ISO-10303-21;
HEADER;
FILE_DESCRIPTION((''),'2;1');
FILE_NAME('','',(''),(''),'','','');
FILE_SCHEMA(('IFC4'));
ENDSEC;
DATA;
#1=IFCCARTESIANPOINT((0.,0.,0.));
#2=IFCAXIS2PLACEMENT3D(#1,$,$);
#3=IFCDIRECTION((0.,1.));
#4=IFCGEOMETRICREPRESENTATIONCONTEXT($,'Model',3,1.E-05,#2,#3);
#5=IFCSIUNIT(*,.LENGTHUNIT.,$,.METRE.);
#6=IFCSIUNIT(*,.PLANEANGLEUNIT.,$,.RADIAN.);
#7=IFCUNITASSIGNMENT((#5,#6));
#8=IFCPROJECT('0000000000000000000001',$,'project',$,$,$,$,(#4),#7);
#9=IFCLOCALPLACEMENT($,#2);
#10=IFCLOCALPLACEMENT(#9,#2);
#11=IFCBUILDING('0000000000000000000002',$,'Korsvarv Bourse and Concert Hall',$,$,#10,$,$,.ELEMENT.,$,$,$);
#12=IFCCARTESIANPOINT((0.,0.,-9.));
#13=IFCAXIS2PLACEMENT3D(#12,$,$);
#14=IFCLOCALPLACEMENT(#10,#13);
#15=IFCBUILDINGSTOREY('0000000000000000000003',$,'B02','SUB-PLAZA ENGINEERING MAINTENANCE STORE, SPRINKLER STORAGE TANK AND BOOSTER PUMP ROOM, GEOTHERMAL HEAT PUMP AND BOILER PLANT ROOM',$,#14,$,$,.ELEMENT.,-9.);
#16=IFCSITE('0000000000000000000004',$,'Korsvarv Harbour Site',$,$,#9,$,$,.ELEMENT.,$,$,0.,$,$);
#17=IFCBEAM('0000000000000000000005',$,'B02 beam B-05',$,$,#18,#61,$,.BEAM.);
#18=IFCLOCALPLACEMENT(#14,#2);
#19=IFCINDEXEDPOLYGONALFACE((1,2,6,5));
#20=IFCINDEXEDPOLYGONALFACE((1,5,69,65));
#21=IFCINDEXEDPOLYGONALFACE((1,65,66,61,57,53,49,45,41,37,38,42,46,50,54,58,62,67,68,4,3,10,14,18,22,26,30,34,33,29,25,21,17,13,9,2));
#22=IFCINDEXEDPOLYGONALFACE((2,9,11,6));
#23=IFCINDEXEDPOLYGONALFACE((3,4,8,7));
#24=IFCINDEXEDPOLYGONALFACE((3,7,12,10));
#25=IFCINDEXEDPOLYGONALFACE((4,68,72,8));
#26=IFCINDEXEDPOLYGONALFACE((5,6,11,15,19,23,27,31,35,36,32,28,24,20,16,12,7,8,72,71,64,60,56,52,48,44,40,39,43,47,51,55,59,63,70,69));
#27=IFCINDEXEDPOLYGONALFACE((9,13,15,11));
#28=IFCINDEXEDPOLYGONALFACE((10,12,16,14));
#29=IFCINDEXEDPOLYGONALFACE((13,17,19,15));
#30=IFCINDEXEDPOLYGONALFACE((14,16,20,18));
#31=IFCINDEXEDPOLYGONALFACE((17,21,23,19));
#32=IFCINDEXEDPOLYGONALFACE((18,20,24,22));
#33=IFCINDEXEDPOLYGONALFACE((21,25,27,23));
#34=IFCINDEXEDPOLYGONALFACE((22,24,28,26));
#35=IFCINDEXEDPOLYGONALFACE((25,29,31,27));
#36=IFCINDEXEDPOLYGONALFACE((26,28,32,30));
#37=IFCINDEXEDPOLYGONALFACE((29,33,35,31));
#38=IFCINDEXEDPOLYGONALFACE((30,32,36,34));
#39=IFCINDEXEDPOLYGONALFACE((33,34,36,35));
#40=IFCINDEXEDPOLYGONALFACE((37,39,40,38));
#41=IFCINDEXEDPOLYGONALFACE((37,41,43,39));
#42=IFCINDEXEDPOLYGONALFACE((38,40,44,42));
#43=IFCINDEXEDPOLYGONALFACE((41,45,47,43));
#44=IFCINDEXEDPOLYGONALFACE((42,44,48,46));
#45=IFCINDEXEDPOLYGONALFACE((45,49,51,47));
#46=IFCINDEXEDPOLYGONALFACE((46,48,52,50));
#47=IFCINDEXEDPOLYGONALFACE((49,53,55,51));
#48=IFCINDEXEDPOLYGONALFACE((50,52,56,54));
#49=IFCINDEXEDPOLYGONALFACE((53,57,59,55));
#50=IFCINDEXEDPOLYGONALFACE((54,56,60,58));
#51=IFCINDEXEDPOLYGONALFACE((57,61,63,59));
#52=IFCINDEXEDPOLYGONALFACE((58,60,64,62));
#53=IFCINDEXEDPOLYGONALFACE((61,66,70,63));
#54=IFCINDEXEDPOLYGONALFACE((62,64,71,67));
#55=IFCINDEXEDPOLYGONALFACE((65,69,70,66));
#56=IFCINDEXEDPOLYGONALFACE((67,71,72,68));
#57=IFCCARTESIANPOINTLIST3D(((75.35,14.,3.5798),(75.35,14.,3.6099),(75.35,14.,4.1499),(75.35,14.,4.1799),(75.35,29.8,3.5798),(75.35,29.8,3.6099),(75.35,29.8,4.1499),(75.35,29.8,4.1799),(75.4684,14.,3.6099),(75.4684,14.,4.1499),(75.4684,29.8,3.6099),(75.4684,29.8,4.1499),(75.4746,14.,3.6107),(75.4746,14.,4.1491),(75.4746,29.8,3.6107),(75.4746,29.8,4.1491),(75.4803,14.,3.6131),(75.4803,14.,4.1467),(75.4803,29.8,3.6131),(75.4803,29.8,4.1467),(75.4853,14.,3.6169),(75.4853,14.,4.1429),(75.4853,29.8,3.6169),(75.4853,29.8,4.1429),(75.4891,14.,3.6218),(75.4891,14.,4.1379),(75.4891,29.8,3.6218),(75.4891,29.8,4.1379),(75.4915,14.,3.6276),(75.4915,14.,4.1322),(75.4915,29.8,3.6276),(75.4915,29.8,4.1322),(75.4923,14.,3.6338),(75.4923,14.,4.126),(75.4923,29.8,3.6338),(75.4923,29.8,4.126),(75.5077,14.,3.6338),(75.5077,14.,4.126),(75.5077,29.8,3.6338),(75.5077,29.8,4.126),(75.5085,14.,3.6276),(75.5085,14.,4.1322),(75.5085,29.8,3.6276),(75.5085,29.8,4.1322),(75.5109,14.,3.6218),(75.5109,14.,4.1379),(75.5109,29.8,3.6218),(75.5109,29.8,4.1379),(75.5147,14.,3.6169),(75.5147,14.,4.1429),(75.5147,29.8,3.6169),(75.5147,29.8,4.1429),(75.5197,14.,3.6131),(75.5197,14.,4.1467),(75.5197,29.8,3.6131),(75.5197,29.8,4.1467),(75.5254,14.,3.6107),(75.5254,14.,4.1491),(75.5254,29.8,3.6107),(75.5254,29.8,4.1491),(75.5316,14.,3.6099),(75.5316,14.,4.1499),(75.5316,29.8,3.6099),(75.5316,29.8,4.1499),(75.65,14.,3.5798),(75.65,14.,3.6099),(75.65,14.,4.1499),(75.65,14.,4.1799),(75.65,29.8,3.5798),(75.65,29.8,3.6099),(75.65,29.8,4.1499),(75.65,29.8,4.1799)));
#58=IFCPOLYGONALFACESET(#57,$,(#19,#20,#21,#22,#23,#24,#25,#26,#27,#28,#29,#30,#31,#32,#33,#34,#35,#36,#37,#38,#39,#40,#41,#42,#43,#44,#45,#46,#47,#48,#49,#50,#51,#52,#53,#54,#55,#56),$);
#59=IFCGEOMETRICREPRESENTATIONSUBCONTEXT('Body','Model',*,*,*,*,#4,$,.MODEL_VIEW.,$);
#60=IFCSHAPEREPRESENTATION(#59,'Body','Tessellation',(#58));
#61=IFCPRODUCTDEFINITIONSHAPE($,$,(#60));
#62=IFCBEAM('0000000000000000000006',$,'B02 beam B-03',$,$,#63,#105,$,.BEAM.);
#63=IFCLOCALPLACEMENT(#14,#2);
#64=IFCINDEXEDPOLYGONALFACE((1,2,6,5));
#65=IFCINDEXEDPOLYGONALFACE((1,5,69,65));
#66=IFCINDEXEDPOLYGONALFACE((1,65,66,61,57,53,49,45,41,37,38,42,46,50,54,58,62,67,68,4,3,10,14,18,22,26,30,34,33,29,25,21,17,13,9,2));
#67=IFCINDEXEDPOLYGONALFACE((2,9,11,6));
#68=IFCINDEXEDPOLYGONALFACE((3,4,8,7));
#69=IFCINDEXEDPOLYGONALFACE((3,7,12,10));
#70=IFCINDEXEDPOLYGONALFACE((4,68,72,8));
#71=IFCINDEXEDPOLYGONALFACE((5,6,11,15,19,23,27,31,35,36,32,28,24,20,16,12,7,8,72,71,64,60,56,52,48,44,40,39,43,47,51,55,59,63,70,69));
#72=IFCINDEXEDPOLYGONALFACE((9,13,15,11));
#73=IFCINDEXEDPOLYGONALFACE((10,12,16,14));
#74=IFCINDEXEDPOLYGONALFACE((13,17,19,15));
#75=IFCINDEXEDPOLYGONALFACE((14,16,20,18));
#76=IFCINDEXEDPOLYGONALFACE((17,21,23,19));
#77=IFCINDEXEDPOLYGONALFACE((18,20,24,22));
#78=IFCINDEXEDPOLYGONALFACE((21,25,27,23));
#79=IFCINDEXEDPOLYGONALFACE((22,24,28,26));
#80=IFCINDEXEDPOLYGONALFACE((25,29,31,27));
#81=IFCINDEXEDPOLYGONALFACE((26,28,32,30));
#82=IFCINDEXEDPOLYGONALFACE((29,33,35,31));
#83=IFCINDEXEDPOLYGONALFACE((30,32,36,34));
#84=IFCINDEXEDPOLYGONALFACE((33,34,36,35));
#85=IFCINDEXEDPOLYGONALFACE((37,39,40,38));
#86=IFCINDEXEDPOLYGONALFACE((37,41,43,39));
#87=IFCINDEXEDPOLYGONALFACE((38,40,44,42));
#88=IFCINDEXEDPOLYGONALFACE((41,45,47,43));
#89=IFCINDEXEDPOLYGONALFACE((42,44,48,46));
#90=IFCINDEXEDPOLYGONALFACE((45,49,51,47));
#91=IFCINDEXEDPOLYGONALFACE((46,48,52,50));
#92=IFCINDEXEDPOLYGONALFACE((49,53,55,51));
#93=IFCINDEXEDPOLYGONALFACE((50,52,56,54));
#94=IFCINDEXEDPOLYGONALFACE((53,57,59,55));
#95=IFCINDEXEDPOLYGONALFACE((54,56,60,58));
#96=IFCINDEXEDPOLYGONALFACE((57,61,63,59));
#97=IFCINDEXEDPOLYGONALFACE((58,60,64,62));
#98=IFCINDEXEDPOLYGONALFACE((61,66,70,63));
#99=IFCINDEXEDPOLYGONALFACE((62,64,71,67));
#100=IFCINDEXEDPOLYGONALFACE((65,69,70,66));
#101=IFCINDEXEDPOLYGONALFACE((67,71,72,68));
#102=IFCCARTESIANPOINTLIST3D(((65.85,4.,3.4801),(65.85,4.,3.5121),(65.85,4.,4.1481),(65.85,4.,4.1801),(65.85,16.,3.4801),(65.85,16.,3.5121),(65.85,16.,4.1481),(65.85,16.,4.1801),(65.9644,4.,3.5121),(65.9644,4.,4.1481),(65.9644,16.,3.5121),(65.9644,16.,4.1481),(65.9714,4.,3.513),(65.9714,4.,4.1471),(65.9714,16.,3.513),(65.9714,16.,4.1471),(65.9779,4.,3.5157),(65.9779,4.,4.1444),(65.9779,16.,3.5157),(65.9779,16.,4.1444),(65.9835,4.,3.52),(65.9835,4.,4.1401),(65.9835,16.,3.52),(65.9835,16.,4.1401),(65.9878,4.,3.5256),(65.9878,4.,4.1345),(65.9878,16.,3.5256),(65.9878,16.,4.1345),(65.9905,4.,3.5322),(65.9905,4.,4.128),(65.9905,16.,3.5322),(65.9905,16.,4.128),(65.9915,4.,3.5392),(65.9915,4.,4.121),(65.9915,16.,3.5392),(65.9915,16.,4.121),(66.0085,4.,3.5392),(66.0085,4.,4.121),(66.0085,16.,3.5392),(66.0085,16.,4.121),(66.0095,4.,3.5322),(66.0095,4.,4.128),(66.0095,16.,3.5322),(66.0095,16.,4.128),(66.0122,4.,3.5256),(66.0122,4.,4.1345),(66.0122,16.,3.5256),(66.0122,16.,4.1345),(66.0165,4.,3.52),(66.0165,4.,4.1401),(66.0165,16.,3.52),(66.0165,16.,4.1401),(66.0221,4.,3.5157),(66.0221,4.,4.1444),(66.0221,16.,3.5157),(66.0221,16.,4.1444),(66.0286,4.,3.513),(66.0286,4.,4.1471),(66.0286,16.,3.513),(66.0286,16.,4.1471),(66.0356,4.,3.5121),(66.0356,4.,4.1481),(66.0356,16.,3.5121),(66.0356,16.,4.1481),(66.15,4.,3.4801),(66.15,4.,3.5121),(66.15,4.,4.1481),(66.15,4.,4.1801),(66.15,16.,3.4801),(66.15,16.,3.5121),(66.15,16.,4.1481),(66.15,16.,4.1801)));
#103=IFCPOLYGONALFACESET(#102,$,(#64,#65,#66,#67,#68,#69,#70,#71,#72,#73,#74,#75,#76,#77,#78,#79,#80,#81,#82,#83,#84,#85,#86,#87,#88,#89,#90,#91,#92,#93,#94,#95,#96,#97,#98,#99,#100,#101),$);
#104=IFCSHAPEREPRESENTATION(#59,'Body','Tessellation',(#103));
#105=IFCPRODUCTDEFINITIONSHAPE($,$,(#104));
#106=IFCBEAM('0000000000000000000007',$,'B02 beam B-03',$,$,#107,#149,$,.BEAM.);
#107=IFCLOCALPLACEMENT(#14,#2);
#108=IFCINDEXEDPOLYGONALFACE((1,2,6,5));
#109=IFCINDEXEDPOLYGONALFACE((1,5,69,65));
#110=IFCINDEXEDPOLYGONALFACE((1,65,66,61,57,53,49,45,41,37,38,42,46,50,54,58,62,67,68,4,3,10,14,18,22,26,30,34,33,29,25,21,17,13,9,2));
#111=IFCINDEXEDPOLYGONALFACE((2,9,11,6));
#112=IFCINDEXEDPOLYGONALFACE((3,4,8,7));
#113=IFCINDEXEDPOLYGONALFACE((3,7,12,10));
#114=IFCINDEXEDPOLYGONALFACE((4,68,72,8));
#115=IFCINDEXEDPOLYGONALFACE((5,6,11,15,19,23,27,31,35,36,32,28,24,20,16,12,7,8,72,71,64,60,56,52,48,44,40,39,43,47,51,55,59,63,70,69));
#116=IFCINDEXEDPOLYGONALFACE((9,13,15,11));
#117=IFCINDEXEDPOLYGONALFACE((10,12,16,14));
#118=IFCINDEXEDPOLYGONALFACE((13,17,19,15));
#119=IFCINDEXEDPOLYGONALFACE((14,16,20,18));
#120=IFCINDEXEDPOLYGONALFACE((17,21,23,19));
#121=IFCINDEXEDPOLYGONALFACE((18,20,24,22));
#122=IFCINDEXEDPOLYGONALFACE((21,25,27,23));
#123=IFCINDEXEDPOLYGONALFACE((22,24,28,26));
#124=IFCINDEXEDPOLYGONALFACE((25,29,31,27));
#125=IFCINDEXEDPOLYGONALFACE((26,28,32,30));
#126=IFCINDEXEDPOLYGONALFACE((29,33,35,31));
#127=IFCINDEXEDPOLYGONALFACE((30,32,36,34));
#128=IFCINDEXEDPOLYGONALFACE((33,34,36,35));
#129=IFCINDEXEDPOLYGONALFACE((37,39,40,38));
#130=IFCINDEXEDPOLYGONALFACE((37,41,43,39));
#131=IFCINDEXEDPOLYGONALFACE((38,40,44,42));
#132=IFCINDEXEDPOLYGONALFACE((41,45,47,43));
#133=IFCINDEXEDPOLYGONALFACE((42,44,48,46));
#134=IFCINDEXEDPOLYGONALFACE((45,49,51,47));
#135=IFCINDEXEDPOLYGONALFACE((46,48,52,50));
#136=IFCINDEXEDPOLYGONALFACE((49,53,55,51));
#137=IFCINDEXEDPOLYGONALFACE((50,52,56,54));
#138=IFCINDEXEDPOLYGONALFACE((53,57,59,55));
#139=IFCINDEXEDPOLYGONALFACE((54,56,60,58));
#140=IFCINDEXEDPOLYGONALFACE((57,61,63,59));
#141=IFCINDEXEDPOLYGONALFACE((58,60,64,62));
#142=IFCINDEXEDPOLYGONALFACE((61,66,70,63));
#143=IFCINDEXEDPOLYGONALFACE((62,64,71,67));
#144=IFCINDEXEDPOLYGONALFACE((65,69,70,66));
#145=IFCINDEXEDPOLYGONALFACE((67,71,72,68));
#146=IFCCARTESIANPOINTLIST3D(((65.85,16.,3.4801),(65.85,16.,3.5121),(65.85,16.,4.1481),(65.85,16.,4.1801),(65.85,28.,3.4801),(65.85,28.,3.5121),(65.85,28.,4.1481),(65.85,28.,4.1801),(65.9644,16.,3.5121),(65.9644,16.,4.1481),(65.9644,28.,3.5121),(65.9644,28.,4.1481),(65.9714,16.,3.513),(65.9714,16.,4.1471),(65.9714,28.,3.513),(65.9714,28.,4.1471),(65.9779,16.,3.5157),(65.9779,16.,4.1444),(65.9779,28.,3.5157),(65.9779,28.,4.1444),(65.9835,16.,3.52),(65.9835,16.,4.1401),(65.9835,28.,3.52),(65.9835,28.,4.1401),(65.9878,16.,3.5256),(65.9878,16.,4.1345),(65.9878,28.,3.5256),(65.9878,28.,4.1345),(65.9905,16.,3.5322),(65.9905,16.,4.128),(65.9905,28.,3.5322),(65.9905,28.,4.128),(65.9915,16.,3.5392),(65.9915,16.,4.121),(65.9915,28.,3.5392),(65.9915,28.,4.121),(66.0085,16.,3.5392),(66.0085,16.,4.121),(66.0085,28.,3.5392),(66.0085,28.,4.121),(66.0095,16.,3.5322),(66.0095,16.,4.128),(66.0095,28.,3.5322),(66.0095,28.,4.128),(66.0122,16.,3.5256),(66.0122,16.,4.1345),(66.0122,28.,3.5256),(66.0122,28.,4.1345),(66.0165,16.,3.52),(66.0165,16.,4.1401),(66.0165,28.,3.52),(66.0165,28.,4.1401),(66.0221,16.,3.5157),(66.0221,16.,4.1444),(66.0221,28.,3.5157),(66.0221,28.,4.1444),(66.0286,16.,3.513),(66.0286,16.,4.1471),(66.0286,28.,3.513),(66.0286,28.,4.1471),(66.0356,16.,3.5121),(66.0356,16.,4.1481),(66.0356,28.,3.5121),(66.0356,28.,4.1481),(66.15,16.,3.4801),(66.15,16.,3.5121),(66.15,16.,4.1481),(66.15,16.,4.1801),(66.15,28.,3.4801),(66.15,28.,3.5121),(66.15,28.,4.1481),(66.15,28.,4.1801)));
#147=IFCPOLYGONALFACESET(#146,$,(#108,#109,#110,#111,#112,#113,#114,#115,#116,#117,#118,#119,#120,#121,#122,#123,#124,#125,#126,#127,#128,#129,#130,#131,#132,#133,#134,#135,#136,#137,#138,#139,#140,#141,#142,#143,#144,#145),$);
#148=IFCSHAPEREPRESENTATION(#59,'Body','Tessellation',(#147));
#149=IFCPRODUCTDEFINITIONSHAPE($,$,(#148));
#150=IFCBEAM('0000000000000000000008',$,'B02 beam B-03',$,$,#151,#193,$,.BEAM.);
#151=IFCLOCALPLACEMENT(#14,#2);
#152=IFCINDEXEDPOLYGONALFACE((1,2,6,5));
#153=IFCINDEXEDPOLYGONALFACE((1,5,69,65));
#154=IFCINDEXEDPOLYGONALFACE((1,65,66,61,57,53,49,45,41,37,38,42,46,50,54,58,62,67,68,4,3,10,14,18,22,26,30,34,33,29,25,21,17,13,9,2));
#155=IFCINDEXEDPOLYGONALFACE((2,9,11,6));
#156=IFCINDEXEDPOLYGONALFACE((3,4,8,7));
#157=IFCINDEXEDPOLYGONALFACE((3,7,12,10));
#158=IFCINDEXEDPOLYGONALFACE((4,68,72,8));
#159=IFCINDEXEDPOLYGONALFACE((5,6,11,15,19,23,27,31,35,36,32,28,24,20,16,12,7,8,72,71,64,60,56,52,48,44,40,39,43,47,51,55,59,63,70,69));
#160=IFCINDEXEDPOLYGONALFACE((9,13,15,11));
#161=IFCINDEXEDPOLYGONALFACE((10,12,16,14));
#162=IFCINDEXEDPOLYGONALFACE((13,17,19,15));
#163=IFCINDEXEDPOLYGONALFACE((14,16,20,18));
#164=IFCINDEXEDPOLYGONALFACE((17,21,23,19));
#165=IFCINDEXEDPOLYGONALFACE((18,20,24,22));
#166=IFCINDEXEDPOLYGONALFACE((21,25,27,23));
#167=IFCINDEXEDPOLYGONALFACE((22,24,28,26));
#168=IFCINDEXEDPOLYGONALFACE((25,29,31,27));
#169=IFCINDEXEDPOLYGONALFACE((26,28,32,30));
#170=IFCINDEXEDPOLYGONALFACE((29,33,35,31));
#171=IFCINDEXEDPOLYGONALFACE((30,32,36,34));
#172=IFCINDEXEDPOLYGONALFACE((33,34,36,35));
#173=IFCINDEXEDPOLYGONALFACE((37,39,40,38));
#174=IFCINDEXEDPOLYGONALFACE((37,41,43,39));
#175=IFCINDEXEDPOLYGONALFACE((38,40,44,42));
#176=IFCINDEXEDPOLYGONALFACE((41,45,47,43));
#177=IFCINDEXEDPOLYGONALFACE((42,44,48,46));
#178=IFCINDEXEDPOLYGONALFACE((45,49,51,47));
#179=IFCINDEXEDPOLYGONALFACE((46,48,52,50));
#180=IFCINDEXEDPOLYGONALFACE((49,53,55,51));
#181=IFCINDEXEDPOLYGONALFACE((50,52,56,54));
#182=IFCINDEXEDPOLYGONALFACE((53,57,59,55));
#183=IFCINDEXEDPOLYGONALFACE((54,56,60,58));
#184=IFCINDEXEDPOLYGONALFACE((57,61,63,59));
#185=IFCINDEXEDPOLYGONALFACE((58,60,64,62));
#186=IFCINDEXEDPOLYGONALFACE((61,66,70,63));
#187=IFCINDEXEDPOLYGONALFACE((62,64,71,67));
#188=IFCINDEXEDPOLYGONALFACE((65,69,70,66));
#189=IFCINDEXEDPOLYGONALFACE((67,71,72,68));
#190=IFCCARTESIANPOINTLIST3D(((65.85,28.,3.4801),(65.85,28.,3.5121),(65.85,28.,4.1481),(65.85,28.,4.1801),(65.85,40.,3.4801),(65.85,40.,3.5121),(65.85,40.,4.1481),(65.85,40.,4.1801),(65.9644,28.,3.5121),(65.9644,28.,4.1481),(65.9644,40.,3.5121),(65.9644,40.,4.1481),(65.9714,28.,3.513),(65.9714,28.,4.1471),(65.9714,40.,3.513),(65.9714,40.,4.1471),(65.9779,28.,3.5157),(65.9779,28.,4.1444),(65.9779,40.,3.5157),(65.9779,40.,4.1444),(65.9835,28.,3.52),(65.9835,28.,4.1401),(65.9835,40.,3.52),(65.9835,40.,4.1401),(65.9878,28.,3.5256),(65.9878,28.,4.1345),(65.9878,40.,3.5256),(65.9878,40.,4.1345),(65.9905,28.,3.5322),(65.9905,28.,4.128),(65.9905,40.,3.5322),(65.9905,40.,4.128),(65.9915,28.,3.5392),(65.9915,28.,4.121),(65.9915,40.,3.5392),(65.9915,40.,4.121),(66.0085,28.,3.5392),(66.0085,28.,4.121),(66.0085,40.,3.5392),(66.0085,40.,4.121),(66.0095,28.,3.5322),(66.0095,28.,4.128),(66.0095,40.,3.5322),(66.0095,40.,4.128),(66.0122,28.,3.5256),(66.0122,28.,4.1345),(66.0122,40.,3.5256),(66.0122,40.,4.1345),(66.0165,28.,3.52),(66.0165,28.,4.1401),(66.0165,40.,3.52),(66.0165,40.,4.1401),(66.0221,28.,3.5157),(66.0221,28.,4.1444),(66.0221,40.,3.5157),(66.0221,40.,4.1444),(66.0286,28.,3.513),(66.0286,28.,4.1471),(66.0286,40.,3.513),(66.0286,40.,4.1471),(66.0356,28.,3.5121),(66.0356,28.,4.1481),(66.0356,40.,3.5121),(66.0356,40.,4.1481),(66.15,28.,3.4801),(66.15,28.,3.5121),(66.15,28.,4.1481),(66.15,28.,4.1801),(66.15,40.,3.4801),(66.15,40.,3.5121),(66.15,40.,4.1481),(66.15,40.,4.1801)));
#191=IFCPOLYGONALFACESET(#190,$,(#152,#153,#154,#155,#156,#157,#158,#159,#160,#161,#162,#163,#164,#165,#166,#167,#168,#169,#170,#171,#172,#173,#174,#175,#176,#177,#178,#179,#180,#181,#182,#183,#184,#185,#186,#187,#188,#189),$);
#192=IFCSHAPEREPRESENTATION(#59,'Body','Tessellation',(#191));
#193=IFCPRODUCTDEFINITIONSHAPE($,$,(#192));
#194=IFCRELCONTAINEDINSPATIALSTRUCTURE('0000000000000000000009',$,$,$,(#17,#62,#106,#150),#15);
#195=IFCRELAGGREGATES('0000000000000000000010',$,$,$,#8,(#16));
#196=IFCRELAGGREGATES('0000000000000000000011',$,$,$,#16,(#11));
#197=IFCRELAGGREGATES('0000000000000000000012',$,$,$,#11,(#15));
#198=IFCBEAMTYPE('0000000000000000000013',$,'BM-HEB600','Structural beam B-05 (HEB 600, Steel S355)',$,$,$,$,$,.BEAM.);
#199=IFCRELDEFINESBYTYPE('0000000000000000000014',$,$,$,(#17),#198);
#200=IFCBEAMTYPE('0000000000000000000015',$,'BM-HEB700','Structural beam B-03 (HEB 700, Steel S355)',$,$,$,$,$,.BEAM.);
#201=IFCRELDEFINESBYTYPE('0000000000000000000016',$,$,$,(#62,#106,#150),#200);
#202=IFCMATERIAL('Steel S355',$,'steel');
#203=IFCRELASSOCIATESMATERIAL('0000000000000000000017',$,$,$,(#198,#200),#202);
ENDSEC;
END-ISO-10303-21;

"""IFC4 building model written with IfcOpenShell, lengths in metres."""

from ifc_helpers import new_model, si_unit, direction, frame, origin, origin_2d, place, context, subcontext, project, spatial, i_section, extrude, source, transform, mapped, material, material_profile, profile_set, type_object, element, save


model = new_model("IFC4")

# Units and contexts
model_context = context("Model", 3, precision=1e-05, world=origin(), true_north=direction((0.0, 1.0)))
body_context = subcontext(model_context, "Body", "Model", "MODEL_VIEW")
ifc_project = project(units=[si_unit("LENGTHUNIT", "METRE"), si_unit("PLANEANGLEUNIT", "RADIAN")], contexts=[model_context])

# Site, building, storey
site_placement = place(None, origin())
site = spatial("IfcSite", under=ifc_project, at=site_placement, Name="Korsvarv Harbour Site", CompositionType="ELEMENT", RefElevation=0.0)
building_placement = place(site_placement, origin())
building = spatial("IfcBuilding", under=site, at=building_placement, Name="Korsvarv Bourse and Concert Hall", CompositionType="ELEMENT")
storey_placement = place(building_placement, frame((0.0, 0.0, -9.0)))
storey = spatial("IfcBuildingStorey", under=building, at=storey_placement, Name="B02", Description="SUB-PLAZA ENGINEERING MAINTENANCE STORE, SPRINKLER STORAGE TANK AND BOOSTER PUMP ROOM, GEOTHERMAL HEAT PUMP AND BOILER PLANT ROOM", CompositionType="ELEMENT", Elevation=-9.0)

# Beams
ifc_material_1 = material(Name="Steel S355", Category="steel")
ifc_material_profile_1 = material_profile(ifc_material_1, i_section(OverallWidth=0.3, OverallDepth=0.6001, WebThickness=0.0154, FlangeThickness=0.03, FilletRadius=0.0239, at=origin_2d()), Name="HEB 600")
ifc_profile_set_1 = profile_set([ifc_material_profile_1], Name="Steel S355")
beam_type_1 = type_object("IfcBeamType", Name="BM-HEB600", Description="Structural beam B-05 (HEB 600, Steel S355)", PredefinedType="BEAM", material=ifc_profile_set_1)
shared_shape_1 = source(origin(), body_context, "Body", "SweptSolid", [
    extrude(i_section(OverallWidth=0.3, OverallDepth=0.6001, WebThickness=0.0154, FlangeThickness=0.03, FilletRadius=0.0239, at=origin_2d()), origin(), (0.0, 0.0, 1.0), 15.8),
])
beam_1_placement = place(storey_placement, frame((75.5, 14.0, 3.8799), z_axis=(0.0, 1.0, 0.0), x_axis=(-1.0, 0.0, 0.0)))
element("IfcBeam", 1, at=beam_1_placement, inside=storey, type_object=beam_type_1, Name="B02 beam B-05", PredefinedType="BEAM", context=body_context, shape_type="MappedRepresentation", body=[
    mapped(shared_shape_1, transform((0.0, 0.0, 0.0), scale=1.0)),
])
ifc_material_profile_2 = material_profile(ifc_material_1, i_section(OverallWidth=0.3, OverallDepth=0.7, WebThickness=0.0171, FlangeThickness=0.032, FilletRadius=0.0271, at=origin_2d()), Name="HEB 700")
ifc_profile_set_2 = profile_set([ifc_material_profile_2], Name="Steel S355")
beam_type_2 = type_object("IfcBeamType", Name="BM-HEB700", Description="Structural beam B-03 (HEB 700, Steel S355)", PredefinedType="BEAM", material=ifc_profile_set_2)
shared_shape_2 = source(origin(), body_context, "Body", "SweptSolid", [
    extrude(i_section(OverallWidth=0.3, OverallDepth=0.7, WebThickness=0.0171, FlangeThickness=0.032, FilletRadius=0.0271, at=origin_2d()), origin(), (0.0, 0.0, 1.0), 12.0),
])
for number, where, z_axis, x_axis, name in (
    (2, (66.0, 4.0, 3.8301), (0.0, 1.0, 0.0), (-1.0, 0.0, 0.0), "B02 beam B-03"),
    (3, (66.0, 16.0, 3.8301), (0.0, 1.0, 0.0), (-1.0, 0.0, 0.0), "B02 beam B-03"),
    (4, (66.0, 28.0, 3.8301), (0.0, 1.0, 0.0), (-1.0, 0.0, 0.0), "B02 beam B-03"),
):
    element("IfcBeam", number, at=place(storey_placement, frame(where, z_axis=z_axis, x_axis=x_axis)), inside=storey, type_object=beam_type_2, Name=name, PredefinedType="BEAM", context=body_context, shape_type="MappedRepresentation", body=[
        mapped(shared_shape_2, transform((0.0, 0.0, 0.0), scale=1.0)),
    ])

save(model, "model.ifc")
